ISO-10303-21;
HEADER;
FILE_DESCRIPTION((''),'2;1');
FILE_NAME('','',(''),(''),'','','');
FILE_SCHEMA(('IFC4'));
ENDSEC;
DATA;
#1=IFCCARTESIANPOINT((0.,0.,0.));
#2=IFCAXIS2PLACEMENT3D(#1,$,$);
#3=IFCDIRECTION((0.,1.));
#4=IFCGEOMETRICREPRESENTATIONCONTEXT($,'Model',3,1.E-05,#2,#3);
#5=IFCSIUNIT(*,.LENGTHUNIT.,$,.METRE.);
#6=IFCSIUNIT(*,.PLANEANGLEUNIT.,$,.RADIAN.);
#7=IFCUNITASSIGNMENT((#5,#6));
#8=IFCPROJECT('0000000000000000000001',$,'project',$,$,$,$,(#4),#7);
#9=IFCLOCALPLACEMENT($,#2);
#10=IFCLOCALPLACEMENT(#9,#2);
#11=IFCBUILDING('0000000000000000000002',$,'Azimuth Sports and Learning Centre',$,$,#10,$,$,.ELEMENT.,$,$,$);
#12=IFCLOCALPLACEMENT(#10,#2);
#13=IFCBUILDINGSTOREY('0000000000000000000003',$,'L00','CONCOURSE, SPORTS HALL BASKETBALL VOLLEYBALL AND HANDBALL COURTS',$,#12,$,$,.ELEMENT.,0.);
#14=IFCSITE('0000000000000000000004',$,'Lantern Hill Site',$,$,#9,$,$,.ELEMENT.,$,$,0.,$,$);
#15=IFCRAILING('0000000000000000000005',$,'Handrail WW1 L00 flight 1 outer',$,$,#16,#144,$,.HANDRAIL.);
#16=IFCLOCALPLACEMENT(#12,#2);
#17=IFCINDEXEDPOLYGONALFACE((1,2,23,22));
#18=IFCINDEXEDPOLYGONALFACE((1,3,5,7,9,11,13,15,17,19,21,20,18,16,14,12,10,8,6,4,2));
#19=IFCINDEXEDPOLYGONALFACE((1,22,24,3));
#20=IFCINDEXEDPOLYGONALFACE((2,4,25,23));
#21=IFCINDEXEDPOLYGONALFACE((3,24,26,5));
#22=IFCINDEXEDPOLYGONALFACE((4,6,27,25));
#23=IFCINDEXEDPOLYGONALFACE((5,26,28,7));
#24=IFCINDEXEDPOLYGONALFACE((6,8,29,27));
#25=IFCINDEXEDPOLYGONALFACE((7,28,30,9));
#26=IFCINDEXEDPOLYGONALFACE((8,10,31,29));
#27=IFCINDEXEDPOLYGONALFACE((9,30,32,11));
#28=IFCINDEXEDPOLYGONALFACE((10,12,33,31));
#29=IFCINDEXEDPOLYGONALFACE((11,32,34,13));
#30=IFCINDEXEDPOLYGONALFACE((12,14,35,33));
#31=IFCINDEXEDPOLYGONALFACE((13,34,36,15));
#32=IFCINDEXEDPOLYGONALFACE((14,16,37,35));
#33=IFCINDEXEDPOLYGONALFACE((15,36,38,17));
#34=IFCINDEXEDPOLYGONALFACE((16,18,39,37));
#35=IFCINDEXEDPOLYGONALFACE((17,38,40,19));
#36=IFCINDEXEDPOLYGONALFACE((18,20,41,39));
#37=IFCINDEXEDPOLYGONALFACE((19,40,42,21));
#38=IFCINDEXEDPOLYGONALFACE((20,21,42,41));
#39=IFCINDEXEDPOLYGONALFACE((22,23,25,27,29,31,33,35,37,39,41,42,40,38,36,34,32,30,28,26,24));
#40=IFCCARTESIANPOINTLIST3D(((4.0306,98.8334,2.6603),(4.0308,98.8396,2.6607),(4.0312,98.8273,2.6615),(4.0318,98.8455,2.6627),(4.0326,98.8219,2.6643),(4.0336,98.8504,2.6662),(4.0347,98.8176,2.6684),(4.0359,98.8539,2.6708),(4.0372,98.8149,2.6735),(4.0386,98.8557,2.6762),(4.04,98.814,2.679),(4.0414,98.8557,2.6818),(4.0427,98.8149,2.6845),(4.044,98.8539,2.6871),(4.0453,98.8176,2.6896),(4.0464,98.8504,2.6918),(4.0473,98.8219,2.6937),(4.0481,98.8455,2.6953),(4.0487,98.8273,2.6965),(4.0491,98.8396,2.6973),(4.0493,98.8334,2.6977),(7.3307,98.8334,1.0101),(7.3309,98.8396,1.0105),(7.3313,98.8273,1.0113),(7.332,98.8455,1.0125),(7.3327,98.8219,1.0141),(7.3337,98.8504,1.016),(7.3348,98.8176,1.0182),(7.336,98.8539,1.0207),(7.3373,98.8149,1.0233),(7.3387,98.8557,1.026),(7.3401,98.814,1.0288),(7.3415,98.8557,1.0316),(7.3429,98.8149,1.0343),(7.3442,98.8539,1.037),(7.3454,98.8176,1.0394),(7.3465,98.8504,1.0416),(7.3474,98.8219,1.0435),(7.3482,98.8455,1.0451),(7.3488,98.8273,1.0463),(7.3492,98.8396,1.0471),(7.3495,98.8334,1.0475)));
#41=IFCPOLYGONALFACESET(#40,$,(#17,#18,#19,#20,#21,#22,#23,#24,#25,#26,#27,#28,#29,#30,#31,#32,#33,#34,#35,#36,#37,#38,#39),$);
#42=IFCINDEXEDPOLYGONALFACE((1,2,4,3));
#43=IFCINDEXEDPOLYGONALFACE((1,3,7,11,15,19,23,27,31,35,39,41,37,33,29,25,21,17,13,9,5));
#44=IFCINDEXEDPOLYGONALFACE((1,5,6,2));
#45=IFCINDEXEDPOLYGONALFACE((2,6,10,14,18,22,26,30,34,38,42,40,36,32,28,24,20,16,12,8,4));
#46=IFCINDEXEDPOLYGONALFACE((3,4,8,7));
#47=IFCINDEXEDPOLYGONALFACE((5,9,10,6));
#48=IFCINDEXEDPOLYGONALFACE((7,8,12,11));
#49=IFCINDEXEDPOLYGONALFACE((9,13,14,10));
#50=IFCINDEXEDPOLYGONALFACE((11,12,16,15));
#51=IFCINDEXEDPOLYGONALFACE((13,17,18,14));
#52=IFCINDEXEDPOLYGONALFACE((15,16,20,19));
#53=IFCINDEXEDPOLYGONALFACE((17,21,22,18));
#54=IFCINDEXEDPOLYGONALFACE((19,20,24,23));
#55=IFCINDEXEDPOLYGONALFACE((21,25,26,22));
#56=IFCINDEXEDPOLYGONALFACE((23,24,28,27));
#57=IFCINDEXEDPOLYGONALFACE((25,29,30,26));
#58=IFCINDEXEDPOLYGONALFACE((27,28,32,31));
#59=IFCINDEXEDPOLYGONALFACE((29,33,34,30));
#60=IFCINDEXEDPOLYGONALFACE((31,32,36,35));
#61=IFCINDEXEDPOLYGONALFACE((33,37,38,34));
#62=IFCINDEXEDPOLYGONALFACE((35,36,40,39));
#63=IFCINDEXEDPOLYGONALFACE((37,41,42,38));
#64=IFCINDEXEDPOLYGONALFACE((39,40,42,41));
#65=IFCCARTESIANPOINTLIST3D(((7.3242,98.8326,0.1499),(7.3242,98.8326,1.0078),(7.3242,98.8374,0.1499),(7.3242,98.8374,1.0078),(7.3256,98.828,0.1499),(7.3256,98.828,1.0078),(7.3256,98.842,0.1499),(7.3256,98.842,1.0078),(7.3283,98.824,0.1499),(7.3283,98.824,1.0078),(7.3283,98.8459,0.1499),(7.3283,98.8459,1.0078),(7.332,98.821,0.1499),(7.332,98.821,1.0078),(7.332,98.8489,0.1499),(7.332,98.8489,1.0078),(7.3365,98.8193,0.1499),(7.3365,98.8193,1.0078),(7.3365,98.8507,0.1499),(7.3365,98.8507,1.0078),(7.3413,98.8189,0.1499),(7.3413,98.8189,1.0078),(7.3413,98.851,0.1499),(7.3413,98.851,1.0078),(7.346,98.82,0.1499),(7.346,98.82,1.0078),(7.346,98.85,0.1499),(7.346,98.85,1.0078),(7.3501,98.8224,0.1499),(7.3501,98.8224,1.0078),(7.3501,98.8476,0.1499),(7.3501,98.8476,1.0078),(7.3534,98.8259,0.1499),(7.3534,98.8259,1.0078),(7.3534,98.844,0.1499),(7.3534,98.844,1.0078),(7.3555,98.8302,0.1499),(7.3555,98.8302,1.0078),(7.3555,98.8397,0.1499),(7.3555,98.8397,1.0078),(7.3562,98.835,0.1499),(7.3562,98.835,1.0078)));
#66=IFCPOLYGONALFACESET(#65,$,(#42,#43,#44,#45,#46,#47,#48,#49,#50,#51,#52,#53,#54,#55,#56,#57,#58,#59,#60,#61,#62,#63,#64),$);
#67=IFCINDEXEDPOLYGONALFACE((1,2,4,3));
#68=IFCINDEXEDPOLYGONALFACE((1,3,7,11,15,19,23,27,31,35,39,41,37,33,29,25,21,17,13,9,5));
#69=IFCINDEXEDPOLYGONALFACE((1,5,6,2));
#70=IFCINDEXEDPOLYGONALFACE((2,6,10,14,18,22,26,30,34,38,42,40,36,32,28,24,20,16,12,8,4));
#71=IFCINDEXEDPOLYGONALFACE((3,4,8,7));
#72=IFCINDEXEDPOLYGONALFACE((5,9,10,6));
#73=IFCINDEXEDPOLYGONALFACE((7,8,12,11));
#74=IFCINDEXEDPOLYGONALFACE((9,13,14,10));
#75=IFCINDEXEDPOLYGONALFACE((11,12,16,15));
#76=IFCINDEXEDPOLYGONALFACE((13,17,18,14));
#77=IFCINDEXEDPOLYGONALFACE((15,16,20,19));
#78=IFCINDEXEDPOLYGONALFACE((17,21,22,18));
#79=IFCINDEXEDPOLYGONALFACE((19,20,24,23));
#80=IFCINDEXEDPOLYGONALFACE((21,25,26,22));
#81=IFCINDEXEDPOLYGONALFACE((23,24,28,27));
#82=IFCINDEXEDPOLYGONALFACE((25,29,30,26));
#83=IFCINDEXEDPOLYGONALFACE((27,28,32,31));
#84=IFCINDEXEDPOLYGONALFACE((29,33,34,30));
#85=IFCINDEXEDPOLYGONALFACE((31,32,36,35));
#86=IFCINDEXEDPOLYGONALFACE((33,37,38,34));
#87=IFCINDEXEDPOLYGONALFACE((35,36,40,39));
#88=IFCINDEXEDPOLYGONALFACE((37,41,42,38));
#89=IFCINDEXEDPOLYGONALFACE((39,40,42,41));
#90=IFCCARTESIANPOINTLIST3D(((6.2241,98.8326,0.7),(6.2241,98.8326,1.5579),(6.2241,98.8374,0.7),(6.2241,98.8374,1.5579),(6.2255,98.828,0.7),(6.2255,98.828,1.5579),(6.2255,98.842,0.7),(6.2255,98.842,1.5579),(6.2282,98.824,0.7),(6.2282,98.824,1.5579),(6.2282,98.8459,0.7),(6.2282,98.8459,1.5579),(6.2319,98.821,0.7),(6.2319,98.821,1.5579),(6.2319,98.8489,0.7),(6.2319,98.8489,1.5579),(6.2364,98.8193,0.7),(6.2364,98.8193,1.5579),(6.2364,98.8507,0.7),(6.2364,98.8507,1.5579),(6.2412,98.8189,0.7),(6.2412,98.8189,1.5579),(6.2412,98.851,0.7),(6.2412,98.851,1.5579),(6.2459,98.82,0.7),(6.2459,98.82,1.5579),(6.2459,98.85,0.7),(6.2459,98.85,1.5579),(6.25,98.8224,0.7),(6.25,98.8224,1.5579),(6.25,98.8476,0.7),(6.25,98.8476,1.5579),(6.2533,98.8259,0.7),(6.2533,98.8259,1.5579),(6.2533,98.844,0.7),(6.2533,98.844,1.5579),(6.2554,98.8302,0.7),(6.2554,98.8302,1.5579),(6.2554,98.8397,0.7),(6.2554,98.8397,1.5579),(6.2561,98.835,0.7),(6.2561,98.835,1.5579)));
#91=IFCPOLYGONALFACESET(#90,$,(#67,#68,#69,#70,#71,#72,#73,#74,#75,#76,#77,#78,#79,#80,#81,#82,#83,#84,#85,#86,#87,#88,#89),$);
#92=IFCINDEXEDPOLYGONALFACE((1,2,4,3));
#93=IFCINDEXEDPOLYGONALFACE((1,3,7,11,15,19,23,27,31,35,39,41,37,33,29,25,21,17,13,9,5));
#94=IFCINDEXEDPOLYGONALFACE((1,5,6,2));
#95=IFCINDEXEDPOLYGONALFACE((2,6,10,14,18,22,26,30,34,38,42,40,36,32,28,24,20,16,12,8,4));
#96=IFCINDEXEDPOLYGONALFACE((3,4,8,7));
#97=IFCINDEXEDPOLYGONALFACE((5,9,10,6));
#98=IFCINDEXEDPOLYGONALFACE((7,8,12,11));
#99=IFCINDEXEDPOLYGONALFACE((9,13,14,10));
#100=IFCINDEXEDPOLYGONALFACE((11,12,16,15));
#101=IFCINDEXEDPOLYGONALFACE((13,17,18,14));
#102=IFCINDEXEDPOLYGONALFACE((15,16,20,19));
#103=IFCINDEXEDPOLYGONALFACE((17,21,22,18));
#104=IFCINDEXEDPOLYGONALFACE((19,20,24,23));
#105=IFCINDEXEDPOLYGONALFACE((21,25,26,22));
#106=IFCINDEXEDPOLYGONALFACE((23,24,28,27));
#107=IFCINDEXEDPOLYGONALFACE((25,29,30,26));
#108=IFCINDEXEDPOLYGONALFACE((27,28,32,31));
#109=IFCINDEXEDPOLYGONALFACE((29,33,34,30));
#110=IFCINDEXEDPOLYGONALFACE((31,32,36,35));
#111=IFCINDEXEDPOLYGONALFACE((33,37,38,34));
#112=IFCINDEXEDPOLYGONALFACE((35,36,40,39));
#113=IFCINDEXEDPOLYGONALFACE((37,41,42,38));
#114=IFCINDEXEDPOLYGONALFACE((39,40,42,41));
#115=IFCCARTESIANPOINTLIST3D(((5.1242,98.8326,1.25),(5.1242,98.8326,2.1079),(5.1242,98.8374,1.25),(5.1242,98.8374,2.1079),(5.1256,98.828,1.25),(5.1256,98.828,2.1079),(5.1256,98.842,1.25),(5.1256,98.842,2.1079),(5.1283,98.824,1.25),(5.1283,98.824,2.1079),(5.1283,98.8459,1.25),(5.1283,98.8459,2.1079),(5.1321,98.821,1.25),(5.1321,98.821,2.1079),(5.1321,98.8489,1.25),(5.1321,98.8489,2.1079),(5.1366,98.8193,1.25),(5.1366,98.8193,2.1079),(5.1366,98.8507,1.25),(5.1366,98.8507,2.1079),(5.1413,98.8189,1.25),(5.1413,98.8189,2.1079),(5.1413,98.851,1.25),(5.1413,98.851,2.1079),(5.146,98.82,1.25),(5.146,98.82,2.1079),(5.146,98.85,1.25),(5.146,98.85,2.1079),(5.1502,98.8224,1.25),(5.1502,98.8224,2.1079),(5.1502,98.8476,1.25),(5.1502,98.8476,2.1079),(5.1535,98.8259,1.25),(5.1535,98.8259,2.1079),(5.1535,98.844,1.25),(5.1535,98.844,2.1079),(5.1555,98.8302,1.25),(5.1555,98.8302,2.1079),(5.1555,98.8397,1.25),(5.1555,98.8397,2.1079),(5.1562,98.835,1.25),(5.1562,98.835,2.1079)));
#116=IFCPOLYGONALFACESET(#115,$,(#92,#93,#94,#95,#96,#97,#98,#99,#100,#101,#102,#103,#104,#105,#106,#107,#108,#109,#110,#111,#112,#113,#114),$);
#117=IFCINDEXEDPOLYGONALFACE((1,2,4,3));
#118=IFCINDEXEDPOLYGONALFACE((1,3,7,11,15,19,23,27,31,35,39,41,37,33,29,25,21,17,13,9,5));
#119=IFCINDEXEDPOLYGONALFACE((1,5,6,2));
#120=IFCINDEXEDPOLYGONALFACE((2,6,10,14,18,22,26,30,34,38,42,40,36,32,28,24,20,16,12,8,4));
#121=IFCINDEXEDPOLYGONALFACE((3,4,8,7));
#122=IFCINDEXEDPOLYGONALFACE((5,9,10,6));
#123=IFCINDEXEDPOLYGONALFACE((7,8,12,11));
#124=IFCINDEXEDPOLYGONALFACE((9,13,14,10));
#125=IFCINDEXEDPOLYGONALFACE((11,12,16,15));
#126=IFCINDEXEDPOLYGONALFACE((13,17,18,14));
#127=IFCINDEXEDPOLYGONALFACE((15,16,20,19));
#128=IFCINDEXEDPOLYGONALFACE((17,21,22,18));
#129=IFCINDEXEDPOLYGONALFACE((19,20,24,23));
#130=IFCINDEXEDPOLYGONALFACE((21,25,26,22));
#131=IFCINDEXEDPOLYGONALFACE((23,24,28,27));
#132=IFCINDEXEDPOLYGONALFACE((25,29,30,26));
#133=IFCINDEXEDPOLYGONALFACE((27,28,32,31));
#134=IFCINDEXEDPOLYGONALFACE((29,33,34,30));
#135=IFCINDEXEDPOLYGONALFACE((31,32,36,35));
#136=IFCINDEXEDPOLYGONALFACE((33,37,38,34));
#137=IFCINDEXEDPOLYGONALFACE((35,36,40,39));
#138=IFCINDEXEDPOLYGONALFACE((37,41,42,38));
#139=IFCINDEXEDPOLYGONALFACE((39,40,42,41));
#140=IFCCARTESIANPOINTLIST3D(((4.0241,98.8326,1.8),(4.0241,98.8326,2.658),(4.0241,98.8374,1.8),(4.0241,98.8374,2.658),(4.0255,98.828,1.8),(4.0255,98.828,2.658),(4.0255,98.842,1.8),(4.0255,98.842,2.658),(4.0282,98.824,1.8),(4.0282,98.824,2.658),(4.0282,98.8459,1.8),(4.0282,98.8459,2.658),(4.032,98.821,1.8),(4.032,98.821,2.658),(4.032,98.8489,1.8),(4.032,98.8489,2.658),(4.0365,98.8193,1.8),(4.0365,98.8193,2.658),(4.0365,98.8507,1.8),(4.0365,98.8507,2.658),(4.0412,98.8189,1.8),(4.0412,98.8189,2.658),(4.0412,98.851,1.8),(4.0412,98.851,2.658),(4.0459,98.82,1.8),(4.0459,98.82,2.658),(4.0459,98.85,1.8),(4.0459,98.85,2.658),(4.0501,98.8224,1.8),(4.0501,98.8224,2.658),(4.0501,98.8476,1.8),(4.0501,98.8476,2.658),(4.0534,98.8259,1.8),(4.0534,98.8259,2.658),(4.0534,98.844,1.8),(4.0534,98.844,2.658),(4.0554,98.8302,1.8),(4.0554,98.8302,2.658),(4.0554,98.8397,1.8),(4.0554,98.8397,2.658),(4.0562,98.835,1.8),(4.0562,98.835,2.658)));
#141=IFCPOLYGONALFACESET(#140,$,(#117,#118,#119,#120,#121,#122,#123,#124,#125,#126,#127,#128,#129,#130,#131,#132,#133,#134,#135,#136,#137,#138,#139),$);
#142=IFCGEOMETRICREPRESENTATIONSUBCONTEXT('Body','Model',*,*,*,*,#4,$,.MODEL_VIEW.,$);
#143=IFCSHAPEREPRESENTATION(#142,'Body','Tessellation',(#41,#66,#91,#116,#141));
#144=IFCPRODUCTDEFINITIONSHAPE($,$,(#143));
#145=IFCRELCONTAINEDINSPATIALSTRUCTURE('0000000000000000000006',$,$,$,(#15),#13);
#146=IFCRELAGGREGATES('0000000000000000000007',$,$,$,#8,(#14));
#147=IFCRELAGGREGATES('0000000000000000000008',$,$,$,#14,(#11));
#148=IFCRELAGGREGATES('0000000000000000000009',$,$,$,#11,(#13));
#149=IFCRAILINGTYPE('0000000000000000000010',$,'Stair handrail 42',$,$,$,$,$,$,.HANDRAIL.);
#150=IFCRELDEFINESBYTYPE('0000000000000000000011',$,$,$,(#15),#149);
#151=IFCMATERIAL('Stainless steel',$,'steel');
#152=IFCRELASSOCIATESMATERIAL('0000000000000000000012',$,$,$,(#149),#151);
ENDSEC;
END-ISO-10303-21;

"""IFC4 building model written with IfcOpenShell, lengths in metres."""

from ifc_helpers import new_model, si_unit, direction, frame, origin, origin_2d, place, context, subcontext, project, spatial, circle, extrude, material, type_object, element, save


model = new_model("IFC4")

# Units and contexts
model_context = context("Model", 3, precision=1e-05, world=origin(), true_north=direction((0.0, 1.0)))
body_context = subcontext(model_context, "Body", "Model", "MODEL_VIEW")
ifc_project = project(units=[si_unit("LENGTHUNIT", "METRE"), si_unit("PLANEANGLEUNIT", "RADIAN")], contexts=[model_context])

# Site, building, storey
site_placement = place(None, origin())
site = spatial("IfcSite", under=ifc_project, at=site_placement, Name="Lantern Hill Site", CompositionType="ELEMENT", RefElevation=0.0)
building_placement = place(site_placement, origin())
building = spatial("IfcBuilding", under=site, at=building_placement, Name="Azimuth Sports and Learning Centre", CompositionType="ELEMENT")
storey_placement = place(building_placement, origin())
storey = spatial("IfcBuildingStorey", under=building, at=storey_placement, Name="L00", Description="CONCOURSE, SPORTS HALL BASKETBALL VOLLEYBALL AND HANDBALL COURTS", CompositionType="ELEMENT", Elevation=0.0)

# Railing
ifc_material_1 = material(Name="Stainless steel", Category="steel")
railing_type_1 = type_object("IfcRailingType", Name="Stair handrail 42", PredefinedType="HANDRAIL", material=ifc_material_1)
for number, where, name in (
    (1, (7.3401, 98.835, 0.1499), "Handrail WW1 L00 flight 1 outer"),
):
    element("IfcRailing", number, at=place(storey_placement, frame(where)), inside=storey, type_object=railing_type_1, Name=name, PredefinedType="HANDRAIL", context=body_context, shape_type="SweptSolid", body=[
        extrude(circle(Radius=0.021, at=origin_2d()), frame((0.0, 0.0, 0.8789), z_axis=(-0.894414, 0.0, 0.44724), x_axis=(0.0, -1.0, 0.0)), (0.0, 0.0, 1.0), 3.6897),
        extrude(circle(Radius=0.0161, at=origin_2d()), origin(), (0.0, 0.0, 1.0), 0.8579),
        extrude(circle(Radius=0.0161, at=origin_2d()), frame((-1.1001, 0.0, 0.55)), (0.0, 0.0, 1.0), 0.8579),
        extrude(circle(Radius=0.0161, at=origin_2d()), frame((-2.2, 0.0, 1.1001)), (0.0, 0.0, 1.0), 0.8579),
        extrude(circle(Radius=0.0161, at=origin_2d()), frame((-3.3, 0.0, 1.6501)), (0.0, 0.0, 1.0), 0.8579),
    ])

save(model, "model.ifc")
